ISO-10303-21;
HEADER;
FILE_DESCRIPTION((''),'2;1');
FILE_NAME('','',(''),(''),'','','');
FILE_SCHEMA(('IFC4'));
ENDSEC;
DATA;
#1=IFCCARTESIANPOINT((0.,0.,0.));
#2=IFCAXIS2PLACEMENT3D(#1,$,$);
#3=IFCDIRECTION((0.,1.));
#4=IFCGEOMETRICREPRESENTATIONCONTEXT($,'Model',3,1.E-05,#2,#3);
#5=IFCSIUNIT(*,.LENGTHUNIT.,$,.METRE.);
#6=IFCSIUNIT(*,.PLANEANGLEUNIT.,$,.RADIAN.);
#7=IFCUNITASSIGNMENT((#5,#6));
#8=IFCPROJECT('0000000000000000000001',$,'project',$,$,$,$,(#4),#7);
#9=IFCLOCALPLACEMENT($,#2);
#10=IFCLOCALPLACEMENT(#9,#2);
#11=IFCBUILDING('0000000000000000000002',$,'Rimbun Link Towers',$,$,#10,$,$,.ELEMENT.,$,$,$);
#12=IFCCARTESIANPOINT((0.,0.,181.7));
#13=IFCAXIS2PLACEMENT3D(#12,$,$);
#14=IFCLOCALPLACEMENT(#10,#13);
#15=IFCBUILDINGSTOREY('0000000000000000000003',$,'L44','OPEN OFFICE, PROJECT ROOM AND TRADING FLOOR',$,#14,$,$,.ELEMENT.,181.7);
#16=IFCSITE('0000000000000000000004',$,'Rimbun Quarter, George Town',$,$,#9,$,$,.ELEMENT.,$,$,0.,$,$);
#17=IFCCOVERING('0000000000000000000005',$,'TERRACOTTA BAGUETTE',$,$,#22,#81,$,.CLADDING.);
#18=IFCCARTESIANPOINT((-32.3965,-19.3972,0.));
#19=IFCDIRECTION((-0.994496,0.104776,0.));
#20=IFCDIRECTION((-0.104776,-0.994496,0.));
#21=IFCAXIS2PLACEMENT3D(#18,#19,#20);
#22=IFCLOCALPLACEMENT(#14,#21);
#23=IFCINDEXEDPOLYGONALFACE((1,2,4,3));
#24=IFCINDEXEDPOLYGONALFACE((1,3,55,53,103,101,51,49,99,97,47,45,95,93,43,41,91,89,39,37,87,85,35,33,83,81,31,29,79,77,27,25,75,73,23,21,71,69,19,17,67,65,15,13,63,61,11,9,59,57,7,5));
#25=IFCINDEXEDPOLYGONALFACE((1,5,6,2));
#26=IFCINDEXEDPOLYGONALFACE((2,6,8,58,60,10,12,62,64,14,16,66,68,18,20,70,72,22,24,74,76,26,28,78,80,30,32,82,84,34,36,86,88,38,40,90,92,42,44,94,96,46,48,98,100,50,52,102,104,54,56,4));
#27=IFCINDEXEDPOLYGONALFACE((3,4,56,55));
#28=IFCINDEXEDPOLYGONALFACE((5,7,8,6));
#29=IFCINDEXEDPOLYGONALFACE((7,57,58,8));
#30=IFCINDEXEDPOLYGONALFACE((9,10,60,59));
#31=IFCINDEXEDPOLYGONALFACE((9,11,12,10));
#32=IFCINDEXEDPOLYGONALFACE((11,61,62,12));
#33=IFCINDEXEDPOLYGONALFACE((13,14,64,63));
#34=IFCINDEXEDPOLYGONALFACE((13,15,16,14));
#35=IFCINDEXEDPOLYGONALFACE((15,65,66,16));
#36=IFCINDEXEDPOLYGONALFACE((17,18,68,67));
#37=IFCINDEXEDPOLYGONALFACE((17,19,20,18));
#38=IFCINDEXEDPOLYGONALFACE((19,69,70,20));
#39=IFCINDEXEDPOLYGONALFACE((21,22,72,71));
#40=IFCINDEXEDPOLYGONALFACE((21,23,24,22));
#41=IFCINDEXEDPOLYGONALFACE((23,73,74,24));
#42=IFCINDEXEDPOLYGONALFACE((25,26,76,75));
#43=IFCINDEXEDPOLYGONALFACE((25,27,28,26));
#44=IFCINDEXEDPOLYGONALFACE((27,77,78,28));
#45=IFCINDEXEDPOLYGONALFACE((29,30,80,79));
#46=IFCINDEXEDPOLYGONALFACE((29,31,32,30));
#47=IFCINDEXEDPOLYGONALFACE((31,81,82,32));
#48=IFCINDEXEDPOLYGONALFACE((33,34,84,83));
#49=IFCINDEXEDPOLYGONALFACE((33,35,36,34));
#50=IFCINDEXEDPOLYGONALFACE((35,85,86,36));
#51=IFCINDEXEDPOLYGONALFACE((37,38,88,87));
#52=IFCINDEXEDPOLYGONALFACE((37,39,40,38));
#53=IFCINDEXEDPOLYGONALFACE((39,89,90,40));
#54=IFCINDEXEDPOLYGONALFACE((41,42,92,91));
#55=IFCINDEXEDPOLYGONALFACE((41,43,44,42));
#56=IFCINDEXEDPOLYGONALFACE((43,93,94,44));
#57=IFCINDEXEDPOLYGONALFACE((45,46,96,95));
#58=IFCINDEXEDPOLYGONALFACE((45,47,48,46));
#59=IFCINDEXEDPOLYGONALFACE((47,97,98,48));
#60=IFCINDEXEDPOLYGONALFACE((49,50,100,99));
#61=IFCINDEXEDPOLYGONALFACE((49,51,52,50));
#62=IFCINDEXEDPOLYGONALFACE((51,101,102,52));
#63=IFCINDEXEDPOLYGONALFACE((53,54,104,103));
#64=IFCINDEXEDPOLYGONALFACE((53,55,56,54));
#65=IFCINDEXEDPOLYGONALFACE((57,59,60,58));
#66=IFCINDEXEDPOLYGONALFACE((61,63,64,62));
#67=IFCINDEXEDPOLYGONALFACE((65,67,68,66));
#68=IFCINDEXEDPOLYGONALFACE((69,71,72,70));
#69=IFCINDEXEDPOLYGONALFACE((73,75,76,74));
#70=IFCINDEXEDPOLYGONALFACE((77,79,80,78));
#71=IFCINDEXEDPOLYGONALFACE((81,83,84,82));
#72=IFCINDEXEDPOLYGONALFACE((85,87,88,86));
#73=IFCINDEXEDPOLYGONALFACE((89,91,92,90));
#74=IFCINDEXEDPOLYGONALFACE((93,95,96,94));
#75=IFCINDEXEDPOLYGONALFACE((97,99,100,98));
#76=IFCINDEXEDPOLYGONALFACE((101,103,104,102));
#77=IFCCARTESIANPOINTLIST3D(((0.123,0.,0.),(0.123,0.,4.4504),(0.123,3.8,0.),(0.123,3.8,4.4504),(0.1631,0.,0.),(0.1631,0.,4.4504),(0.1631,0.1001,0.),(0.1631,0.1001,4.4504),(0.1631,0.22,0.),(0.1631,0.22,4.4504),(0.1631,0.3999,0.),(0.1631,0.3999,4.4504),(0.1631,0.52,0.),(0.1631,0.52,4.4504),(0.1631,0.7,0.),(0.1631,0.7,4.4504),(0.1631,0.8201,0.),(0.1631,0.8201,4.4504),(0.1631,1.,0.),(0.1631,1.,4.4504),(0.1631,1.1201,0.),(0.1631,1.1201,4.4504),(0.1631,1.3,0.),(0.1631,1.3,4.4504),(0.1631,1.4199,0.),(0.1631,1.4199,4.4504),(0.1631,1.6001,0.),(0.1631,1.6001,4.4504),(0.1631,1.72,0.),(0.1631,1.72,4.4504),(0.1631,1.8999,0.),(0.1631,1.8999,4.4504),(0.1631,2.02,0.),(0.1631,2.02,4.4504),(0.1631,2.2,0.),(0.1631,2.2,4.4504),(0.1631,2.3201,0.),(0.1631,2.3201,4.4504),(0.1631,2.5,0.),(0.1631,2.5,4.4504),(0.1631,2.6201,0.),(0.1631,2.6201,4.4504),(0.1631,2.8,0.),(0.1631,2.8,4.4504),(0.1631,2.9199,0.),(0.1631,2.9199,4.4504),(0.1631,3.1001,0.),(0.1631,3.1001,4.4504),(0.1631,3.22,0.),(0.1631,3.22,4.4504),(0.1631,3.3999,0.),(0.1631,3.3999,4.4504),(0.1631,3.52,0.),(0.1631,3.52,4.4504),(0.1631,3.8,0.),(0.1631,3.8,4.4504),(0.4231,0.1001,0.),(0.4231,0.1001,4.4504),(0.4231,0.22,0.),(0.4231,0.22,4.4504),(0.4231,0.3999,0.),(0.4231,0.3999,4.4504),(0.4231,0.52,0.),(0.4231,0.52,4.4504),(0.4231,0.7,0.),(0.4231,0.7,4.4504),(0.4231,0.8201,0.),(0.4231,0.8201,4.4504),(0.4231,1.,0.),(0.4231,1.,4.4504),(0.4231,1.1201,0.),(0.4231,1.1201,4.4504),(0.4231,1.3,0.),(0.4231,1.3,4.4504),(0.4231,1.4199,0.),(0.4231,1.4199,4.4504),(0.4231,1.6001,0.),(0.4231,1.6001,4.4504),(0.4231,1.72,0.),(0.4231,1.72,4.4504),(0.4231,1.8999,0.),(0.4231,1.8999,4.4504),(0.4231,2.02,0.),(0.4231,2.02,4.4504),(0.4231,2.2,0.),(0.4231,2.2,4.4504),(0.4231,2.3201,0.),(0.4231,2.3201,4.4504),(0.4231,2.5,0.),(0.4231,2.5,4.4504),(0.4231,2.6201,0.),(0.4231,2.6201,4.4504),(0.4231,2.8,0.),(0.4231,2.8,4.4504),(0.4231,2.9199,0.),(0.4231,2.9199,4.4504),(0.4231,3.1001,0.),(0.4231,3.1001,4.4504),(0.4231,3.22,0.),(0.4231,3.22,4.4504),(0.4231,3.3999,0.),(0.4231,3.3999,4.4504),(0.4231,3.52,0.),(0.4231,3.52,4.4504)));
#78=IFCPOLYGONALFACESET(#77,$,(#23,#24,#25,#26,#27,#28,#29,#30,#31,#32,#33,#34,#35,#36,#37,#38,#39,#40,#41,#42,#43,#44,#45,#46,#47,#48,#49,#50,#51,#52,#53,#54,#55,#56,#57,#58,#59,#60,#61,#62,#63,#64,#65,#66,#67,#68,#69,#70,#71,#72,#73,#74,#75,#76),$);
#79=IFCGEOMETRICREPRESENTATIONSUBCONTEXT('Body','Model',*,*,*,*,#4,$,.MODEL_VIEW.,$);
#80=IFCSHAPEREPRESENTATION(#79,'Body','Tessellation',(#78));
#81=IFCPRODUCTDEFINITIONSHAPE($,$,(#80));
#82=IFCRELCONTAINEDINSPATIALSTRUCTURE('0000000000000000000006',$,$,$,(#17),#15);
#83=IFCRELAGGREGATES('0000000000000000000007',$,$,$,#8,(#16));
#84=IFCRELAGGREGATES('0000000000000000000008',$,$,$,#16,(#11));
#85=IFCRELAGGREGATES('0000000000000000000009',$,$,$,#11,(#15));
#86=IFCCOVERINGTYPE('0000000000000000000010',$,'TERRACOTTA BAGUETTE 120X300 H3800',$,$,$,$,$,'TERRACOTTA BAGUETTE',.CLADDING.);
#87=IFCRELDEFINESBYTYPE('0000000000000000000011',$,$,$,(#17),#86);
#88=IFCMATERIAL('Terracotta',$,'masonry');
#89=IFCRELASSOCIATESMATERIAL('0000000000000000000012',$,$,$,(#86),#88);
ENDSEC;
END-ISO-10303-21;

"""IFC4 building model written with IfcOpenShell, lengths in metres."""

from ifc_helpers import new_model, si_unit, direction, frame, origin, place, context, subcontext, project, spatial, polyline, outline, extrude, material, material_profile, profile_set, type_object, element, save


model = new_model("IFC4")

# Units and contexts
model_context = context("Model", 3, precision=1e-05, world=origin(), true_north=direction((0.0, 1.0)))
body_context = subcontext(model_context, "Body", "Model", "MODEL_VIEW")
ifc_project = project(units=[si_unit("LENGTHUNIT", "METRE"), si_unit("PLANEANGLEUNIT", "RADIAN")], contexts=[model_context])

# Site, building, storey
site_placement = place(None, origin())
site = spatial("IfcSite", under=ifc_project, at=site_placement, Name="Rimbun Quarter, George Town", CompositionType="ELEMENT", RefElevation=0.0)
building_placement = place(site_placement, origin())
building = spatial("IfcBuilding", under=site, at=building_placement, Name="Rimbun Link Towers", CompositionType="ELEMENT")
storey_placement = place(building_placement, frame((0.0, 0.0, 181.7)))
storey = spatial("IfcBuildingStorey", under=building, at=storey_placement, Name="L44", Description="OPEN OFFICE, PROJECT ROOM AND TRADING FLOOR", CompositionType="ELEMENT", Elevation=181.7)

# Covering
ifc_material_1 = material(Name="Terracotta", Category="masonry")
ifc_material_profile_1 = material_profile(ifc_material_1, outline(polyline([(0.123, 0.0), (0.1631, 0.0), (0.1631, 0.1001), (0.4231, 0.1001), (0.4231, 0.22), (0.1631, 0.22), (0.1631, 0.3999), (0.4231, 0.3999), (0.4231, 0.52), (0.1631, 0.52), (0.1631, 0.7), (0.4231, 0.7), (0.4231, 0.8201), (0.1631, 0.8201), (0.1631, 1.0), (0.4231, 1.0), (0.4231, 1.1201), (0.1631, 1.1201), (0.1631, 1.3), (0.4231, 1.3), (0.4231, 1.4199), (0.1631, 1.4199), (0.1631, 1.6001), (0.4231, 1.6001), (0.4231, 1.72), (0.1631, 1.72), (0.1631, 1.8999), (0.4231, 1.8999), (0.4231, 2.02), (0.1631, 2.02), (0.1631, 2.2), (0.4231, 2.2), (0.4231, 2.3201), (0.1631, 2.3201), (0.1631, 2.5), (0.4231, 2.5), (0.4231, 2.6201), (0.1631, 2.6201), (0.1631, 2.8), (0.4231, 2.8), (0.4231, 2.9199), (0.1631, 2.9199), (0.1631, 3.1001), (0.4231, 3.1001), (0.4231, 3.22), (0.1631, 3.22), (0.1631, 3.3999), (0.4231, 3.3999), (0.4231, 3.52), (0.1631, 3.52), (0.1631, 3.8), (0.123, 3.8), (0.123, 0.0)])), Name="BAGUETTE 120X300")
ifc_profile_set_1 = profile_set([ifc_material_profile_1], Name="Terracotta")
covering_type = type_object("IfcCoveringType", Name="TERRACOTTA BAGUETTE 120X300 H3800", ElementType="TERRACOTTA BAGUETTE", PredefinedType="CLADDING", material=ifc_profile_set_1)
covering_placement = place(storey_placement, frame((-32.3965, -19.3972, 0.0), z_axis=(-0.994496, 0.104776, 0.0), x_axis=(-0.104776, -0.994496, 0.0)))
element("IfcCovering", 1, at=covering_placement, inside=storey, type_object=covering_type, Name="TERRACOTTA BAGUETTE", PredefinedType="CLADDING", context=body_context, shape_type="SweptSolid", body=[
    extrude(outline(polyline([(0.123, 0.0), (0.1631, 0.0), (0.1631, 0.1001), (0.4231, 0.1001), (0.4231, 0.22), (0.1631, 0.22), (0.1631, 0.3999), (0.4231, 0.3999), (0.4231, 0.52), (0.1631, 0.52), (0.1631, 0.7), (0.4231, 0.7), (0.4231, 0.8201), (0.1631, 0.8201), (0.1631, 1.0), (0.4231, 1.0), (0.4231, 1.1201), (0.1631, 1.1201), (0.1631, 1.3), (0.4231, 1.3), (0.4231, 1.4199), (0.1631, 1.4199), (0.1631, 1.6001), (0.4231, 1.6001), (0.4231, 1.72), (0.1631, 1.72), (0.1631, 1.8999), (0.4231, 1.8999), (0.4231, 2.02), (0.1631, 2.02), (0.1631, 2.2), (0.4231, 2.2), (0.4231, 2.3201), (0.1631, 2.3201), (0.1631, 2.5), (0.4231, 2.5), (0.4231, 2.6201), (0.1631, 2.6201), (0.1631, 2.8), (0.4231, 2.8), (0.4231, 2.9199), (0.1631, 2.9199), (0.1631, 3.1001), (0.4231, 3.1001), (0.4231, 3.22), (0.1631, 3.22), (0.1631, 3.3999), (0.4231, 3.3999), (0.4231, 3.52), (0.1631, 3.52), (0.1631, 3.8), (0.123, 3.8), (0.123, 0.0)])), origin(), (0.0, 0.0, 1.0), 4.4504),
])

save(model, "model.ifc")
